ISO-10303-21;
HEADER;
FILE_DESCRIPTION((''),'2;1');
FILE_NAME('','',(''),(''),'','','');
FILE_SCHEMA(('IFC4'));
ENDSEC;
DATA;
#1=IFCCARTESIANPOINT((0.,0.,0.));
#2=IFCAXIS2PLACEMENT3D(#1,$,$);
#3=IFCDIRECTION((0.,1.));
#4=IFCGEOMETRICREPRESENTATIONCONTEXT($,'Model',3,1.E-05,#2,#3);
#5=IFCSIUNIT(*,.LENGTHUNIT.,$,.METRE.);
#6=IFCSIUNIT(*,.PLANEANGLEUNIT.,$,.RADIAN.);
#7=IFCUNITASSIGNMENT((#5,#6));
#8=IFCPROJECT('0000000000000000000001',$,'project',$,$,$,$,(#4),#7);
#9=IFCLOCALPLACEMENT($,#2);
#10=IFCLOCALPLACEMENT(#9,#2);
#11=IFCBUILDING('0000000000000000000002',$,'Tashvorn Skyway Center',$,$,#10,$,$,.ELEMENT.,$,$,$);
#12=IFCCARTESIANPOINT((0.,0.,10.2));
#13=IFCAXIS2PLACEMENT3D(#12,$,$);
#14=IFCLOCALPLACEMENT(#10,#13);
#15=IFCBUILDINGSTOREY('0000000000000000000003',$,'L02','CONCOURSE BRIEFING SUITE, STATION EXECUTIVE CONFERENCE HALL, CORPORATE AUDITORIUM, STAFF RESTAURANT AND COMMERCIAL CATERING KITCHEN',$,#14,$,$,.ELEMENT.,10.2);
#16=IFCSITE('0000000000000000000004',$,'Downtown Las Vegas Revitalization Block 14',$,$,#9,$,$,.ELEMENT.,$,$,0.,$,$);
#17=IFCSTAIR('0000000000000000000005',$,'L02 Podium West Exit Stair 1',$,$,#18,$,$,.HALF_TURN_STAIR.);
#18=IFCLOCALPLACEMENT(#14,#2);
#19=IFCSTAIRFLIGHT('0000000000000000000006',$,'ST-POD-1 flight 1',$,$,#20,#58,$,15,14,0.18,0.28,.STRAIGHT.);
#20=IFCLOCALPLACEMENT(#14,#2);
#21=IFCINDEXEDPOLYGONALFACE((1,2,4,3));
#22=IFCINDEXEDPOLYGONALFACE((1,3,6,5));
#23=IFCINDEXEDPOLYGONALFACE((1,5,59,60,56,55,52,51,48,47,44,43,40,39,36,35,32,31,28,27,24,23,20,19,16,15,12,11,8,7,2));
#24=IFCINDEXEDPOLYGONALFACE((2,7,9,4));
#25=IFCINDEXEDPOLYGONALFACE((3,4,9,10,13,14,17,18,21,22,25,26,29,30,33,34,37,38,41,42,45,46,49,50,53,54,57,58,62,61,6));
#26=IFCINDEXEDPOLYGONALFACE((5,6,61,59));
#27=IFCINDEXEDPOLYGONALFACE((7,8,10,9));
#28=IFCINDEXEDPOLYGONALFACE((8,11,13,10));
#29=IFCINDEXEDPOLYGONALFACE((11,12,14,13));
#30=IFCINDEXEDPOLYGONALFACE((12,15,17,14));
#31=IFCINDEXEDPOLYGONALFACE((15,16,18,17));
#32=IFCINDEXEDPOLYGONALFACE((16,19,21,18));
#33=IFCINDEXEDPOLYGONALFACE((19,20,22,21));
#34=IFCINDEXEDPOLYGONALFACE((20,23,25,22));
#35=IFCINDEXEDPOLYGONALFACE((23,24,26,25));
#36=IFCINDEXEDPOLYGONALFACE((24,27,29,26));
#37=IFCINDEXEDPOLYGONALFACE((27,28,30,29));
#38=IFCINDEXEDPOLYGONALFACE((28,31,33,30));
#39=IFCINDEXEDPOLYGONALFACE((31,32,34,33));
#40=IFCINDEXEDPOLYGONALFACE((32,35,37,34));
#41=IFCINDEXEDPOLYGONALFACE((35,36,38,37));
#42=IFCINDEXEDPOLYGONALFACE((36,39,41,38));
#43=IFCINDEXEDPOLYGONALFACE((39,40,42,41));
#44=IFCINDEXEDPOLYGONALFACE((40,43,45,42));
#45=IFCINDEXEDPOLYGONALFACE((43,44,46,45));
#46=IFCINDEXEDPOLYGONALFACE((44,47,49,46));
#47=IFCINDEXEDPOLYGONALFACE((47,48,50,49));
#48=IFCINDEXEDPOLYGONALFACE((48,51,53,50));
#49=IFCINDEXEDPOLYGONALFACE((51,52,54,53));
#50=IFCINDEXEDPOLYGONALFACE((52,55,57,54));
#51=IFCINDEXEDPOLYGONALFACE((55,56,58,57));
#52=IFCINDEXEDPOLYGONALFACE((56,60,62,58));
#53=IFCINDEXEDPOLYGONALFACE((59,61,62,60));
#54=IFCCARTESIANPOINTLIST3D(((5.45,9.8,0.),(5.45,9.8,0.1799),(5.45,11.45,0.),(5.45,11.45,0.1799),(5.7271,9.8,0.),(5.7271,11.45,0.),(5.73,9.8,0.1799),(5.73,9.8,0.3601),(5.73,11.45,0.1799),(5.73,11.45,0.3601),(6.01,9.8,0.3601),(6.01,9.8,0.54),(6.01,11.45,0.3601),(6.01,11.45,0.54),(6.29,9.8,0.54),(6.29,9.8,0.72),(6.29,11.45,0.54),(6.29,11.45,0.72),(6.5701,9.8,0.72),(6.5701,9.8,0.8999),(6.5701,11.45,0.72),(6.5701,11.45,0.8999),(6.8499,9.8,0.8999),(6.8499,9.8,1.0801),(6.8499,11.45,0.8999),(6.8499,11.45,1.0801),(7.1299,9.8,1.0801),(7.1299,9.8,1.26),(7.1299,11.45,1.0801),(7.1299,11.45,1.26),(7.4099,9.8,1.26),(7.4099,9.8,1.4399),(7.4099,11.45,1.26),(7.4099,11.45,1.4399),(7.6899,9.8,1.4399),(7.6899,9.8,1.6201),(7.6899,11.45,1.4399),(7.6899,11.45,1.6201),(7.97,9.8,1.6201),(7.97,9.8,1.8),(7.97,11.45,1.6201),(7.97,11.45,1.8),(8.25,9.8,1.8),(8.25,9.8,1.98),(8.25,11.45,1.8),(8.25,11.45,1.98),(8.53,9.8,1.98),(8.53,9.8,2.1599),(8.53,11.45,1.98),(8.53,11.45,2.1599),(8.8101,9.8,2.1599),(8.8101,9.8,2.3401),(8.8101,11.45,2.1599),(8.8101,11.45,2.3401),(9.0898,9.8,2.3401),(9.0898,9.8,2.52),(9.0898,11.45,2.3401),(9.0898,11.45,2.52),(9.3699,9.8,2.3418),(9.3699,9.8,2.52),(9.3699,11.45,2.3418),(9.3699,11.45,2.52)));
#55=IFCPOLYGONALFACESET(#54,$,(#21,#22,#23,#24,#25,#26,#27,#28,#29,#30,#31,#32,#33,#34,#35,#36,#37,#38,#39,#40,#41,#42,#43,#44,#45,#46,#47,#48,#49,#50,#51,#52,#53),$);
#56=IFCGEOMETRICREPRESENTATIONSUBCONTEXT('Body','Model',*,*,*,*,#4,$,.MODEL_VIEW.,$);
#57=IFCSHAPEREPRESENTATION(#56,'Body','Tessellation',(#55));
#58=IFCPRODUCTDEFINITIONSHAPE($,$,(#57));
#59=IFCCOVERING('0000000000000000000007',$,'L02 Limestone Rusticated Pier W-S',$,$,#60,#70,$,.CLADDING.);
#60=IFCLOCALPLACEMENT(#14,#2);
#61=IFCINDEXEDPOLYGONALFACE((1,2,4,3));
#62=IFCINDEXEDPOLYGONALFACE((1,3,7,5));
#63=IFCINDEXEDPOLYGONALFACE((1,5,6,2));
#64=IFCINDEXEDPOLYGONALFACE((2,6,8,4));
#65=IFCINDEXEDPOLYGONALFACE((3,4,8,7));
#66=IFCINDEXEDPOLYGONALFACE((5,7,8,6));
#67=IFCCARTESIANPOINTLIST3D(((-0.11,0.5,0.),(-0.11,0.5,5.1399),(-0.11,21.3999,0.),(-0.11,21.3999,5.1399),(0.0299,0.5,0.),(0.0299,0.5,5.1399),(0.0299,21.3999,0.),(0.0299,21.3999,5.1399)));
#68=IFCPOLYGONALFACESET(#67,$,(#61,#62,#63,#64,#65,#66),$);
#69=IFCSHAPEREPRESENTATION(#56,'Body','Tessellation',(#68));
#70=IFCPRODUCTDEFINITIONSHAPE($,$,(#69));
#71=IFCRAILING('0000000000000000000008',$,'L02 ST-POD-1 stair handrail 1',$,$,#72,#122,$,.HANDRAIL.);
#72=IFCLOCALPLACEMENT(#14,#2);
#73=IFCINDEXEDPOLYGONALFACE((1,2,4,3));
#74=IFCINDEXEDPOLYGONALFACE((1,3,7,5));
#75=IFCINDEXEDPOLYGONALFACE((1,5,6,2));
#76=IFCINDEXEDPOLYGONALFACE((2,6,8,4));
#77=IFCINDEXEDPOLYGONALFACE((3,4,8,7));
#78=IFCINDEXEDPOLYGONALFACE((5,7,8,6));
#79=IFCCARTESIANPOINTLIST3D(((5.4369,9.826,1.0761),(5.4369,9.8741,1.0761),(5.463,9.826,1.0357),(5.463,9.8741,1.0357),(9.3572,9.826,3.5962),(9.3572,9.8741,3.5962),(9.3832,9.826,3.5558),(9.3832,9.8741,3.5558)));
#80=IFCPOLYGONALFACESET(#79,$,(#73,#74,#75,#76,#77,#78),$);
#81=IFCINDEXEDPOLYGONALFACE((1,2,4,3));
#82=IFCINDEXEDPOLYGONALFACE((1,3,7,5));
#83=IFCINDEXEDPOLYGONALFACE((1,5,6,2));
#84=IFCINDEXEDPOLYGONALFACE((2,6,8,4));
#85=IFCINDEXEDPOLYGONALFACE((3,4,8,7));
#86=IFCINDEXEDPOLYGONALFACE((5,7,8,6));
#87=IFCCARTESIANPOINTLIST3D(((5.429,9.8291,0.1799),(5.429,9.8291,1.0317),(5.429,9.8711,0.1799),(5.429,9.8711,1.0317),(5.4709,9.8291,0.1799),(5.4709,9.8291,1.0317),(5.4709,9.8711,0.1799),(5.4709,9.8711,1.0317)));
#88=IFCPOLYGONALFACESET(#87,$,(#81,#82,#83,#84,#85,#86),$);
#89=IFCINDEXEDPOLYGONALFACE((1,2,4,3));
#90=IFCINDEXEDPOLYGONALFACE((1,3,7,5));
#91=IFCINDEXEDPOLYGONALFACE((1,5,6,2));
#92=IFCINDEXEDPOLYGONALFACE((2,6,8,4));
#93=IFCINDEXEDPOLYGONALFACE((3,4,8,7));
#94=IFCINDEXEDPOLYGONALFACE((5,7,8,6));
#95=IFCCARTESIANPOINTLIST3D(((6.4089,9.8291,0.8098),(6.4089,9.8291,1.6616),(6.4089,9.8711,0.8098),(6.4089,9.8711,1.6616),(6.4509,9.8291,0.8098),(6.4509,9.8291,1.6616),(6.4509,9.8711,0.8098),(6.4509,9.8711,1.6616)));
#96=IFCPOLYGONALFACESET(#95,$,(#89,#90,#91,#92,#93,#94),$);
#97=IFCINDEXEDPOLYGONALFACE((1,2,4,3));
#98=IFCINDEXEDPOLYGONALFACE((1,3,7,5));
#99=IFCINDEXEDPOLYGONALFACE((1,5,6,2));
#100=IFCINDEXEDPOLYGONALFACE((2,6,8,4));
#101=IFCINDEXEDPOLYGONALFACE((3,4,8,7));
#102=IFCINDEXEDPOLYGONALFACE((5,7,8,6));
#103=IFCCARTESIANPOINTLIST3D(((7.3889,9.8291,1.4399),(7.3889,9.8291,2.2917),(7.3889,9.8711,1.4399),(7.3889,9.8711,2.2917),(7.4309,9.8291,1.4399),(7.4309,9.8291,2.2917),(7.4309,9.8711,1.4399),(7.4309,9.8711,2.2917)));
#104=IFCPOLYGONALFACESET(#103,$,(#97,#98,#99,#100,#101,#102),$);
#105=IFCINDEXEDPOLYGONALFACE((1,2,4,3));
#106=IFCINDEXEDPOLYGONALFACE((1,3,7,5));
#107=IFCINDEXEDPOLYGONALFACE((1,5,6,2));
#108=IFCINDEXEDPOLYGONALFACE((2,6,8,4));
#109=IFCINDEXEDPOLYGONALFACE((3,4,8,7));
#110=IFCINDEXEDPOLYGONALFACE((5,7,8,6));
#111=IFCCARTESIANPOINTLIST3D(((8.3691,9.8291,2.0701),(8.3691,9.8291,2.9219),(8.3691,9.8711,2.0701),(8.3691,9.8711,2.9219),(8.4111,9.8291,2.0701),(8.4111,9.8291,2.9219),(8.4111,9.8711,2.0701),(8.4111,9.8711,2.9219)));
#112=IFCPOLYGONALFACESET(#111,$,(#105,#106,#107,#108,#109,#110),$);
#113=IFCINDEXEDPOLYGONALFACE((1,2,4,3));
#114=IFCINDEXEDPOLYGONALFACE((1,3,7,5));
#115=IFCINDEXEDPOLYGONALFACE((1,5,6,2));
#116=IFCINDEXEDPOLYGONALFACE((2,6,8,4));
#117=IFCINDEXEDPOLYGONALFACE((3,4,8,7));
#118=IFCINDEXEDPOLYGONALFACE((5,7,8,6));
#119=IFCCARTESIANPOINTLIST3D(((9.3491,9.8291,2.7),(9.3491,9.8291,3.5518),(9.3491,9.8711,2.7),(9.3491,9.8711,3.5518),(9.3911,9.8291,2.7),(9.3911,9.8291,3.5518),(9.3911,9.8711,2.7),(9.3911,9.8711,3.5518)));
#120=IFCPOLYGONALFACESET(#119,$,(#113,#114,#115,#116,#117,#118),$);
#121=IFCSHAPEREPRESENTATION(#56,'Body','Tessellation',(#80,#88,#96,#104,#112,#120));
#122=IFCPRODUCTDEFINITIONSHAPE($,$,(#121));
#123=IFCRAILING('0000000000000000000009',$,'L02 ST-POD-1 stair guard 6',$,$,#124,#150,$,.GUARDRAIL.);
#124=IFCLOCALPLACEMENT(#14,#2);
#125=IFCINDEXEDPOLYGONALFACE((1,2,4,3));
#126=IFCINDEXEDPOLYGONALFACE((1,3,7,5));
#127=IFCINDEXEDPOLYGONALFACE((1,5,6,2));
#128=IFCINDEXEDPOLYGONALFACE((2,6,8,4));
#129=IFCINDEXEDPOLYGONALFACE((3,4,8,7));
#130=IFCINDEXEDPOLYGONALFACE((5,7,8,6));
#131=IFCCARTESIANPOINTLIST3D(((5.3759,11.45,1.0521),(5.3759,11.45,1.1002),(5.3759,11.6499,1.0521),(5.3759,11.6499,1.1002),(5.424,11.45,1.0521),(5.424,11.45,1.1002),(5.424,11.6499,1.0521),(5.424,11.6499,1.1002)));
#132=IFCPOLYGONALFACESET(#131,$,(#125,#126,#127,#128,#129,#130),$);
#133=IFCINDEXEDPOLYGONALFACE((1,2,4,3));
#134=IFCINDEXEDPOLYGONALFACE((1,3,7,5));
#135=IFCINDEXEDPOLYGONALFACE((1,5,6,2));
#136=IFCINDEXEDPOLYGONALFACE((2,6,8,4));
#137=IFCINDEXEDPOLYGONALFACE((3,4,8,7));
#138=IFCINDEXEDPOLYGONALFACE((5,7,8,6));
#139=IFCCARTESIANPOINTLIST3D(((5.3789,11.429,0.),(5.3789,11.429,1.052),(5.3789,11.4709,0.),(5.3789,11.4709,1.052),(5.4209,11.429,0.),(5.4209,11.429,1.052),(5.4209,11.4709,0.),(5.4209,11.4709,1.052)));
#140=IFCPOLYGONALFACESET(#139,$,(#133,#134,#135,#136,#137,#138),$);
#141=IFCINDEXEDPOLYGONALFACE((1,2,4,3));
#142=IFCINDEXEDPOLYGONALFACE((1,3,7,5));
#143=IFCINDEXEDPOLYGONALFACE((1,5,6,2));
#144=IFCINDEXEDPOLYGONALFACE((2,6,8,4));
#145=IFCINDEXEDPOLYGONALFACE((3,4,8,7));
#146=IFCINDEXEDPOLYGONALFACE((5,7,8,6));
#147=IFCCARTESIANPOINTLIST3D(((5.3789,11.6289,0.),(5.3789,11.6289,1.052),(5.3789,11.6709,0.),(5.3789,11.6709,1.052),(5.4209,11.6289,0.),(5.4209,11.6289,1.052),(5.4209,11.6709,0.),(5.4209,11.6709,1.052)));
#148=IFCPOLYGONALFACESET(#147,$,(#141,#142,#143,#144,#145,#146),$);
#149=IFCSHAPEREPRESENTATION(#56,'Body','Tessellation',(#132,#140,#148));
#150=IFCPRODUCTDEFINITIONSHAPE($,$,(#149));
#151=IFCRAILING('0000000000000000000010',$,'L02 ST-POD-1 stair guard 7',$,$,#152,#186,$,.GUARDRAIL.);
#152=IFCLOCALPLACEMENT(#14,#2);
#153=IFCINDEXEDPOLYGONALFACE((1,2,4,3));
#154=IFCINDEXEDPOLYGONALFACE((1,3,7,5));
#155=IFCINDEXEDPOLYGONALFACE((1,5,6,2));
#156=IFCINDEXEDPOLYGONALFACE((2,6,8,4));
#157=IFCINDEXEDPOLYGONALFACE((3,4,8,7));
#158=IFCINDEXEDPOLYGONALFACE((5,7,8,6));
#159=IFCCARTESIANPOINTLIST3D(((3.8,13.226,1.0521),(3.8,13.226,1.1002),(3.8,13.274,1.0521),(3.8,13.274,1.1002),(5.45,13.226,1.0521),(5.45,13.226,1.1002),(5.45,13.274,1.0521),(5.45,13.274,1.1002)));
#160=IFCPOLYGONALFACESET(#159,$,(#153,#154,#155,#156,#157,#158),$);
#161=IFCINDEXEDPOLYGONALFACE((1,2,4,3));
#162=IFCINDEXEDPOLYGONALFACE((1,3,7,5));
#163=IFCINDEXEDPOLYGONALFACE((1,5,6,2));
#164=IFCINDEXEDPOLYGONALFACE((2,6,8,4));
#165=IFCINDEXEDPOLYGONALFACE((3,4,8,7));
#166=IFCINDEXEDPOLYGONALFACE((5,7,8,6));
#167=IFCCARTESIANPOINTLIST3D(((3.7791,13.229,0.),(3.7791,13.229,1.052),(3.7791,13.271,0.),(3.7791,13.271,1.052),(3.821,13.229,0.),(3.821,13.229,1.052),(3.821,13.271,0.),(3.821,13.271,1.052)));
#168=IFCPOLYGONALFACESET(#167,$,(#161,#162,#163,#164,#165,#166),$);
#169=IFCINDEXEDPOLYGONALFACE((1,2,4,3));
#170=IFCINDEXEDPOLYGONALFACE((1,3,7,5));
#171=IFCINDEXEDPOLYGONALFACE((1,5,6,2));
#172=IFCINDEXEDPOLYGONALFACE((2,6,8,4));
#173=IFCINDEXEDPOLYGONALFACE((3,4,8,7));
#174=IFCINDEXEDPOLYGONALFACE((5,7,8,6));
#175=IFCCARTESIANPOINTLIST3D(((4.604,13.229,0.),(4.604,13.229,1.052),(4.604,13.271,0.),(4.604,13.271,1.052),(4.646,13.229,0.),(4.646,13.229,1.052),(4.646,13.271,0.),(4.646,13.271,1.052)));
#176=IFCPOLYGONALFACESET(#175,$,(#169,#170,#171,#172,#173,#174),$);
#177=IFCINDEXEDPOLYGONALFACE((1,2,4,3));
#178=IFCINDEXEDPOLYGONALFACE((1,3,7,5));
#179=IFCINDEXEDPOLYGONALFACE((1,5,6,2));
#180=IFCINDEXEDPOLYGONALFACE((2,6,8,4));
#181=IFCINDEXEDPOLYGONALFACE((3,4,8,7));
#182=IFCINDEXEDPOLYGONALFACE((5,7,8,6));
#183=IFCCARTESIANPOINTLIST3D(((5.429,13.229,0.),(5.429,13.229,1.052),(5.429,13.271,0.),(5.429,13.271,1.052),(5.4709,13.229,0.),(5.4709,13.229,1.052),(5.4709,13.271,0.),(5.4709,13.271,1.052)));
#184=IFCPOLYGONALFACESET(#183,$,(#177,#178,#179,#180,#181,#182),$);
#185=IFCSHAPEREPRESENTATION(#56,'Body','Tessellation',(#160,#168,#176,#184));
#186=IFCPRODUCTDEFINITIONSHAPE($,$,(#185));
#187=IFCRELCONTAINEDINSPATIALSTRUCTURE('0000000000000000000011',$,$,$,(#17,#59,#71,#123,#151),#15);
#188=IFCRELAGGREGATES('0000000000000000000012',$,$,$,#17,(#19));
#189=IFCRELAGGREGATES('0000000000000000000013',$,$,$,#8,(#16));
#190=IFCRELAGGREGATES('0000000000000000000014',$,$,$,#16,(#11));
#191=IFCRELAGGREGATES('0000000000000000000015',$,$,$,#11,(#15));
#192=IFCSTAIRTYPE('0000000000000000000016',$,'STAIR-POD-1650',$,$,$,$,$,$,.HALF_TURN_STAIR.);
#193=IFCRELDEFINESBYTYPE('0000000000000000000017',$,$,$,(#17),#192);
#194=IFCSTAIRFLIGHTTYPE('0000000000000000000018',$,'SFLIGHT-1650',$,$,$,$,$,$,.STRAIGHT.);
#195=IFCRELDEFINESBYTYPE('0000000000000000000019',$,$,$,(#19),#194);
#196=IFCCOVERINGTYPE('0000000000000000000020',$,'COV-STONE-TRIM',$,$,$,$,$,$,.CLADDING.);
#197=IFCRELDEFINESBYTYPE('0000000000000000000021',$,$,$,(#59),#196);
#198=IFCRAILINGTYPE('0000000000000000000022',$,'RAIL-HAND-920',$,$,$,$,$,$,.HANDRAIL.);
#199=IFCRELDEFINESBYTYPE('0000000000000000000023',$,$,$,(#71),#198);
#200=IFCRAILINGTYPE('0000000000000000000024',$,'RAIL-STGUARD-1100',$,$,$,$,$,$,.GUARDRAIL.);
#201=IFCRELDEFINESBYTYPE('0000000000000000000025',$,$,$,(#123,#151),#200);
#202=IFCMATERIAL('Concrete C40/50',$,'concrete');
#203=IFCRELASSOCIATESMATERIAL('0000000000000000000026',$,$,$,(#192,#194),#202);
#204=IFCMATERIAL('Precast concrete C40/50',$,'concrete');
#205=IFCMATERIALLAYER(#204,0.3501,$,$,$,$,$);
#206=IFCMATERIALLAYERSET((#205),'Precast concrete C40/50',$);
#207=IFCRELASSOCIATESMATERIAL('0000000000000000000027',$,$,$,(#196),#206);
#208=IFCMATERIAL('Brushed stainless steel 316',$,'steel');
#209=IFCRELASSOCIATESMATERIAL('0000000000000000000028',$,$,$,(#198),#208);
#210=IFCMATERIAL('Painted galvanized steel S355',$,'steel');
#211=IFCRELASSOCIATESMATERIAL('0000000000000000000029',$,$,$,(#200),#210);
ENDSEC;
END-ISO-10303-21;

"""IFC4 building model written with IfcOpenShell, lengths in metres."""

from ifc_helpers import new_model, si_unit, direction, frame, origin, origin_2d, place, context, subcontext, project, spatial, polyline, rectangle, outline, extrude, material, layer, layer_set, type_object, element, aggregate, save


model = new_model("IFC4")

# Units and contexts
model_context = context("Model", 3, precision=1e-05, world=origin(), true_north=direction((0.0, 1.0)))
body_context = subcontext(model_context, "Body", "Model", "MODEL_VIEW")
ifc_project = project(units=[si_unit("LENGTHUNIT", "METRE"), si_unit("PLANEANGLEUNIT", "RADIAN")], contexts=[model_context])

# Site, building, storey
site_placement = place(None, origin())
site = spatial("IfcSite", under=ifc_project, at=site_placement, Name="Downtown Las Vegas Revitalization Block 14", CompositionType="ELEMENT", RefElevation=0.0)
building_placement = place(site_placement, origin())
building = spatial("IfcBuilding", under=site, at=building_placement, Name="Tashvorn Skyway Center", CompositionType="ELEMENT")
storey_placement = place(building_placement, frame((0.0, 0.0, 10.2)))
storey = spatial("IfcBuildingStorey", under=building, at=storey_placement, Name="L02", Description="CONCOURSE BRIEFING SUITE, STATION EXECUTIVE CONFERENCE HALL, CORPORATE AUDITORIUM, STAFF RESTAURANT AND COMMERCIAL CATERING KITCHEN", CompositionType="ELEMENT", Elevation=10.2)

# Shared definitions
ifc_material_1 = material(Name="Precast concrete C40/50", Category="concrete")

# Shared definitions
ifc_material_2 = material(Name="Concrete C40/50", Category="concrete")

# Stair
stair_type_1 = type_object("IfcStairType", Name="STAIR-POD-1650", PredefinedType="HALF_TURN_STAIR", material=ifc_material_2)
stair_1_placement = place(storey_placement, origin())
stair_1 = element("IfcStair", 1, at=stair_1_placement, inside=storey, type_object=stair_type_1, Name="L02 Podium West Exit Stair 1", PredefinedType="HALF_TURN_STAIR")

# Stair flight
stair_flight_type = type_object("IfcStairFlightType", Name="SFLIGHT-1650", PredefinedType="STRAIGHT", material=ifc_material_2)
stair_flight_placement = place(storey_placement, frame((5.45, 10.625, 0.0), z_axis=(0.0, 0.0, 1.0), x_axis=(1.0, 0.0, 0.0)))
stair_flight = element("IfcStairFlight", 2, at=stair_flight_placement, type_object=stair_flight_type, Name="ST-POD-1 flight 1", NumberOfRisers=15, NumberOfTreads=14, PredefinedType="STRAIGHT", RiserHeight=0.18, TreadLength=0.28, context=body_context, shape_type="SweptSolid", body=[
    extrude(outline(polyline([(0.0, 0.0), (0.0, 0.1799), (0.28, 0.1799), (0.28, 0.3601), (0.5601, 0.3601), (0.5601, 0.54), (0.8401, 0.54), (0.8401, 0.72), (1.1201, 0.72), (1.1201, 0.8999), (1.3999, 0.8999), (1.3999, 1.0801), (1.6799, 1.0801), (1.6799, 1.26), (1.96, 1.26), (1.96, 1.4399), (2.24, 1.4399), (2.24, 1.6201), (2.52, 1.6201), (2.52, 1.8), (2.8, 1.8), (2.8, 1.98), (3.0801, 1.98), (3.0801, 2.1599), (3.3601, 2.1599), (3.3601, 2.3401), (3.6399, 2.3401), (3.6399, 2.52), (3.9199, 2.52), (3.9199, 2.7), (3.9199, 2.3418), (0.2771, 0.0), (0.0, 0.0)])), frame((0.0, 0.825, 0.0), z_axis=(0.0, -1.0, 0.0), x_axis=(1.0, 0.0, 0.0)), (0.0, 0.0, 1.0), 1.6499),
])
aggregate(stair_1, [stair_flight])

# Covering
ifc_layer_1 = layer(ifc_material_1, 0.3501)
ifc_layer_set_1 = layer_set([ifc_layer_1], Name="Precast concrete C40/50")
covering_type = type_object("IfcCoveringType", Name="COV-STONE-TRIM", PredefinedType="CLADDING", material=ifc_layer_set_1)
covering_placement = place(storey_placement, frame((-0.04, 10.95, 0.0), z_axis=(0.0, 0.0, 1.0), x_axis=(1.0, 0.0, 0.0)))
element("IfcCovering", 3, at=covering_placement, inside=storey, type_object=covering_type, Name="L02 Limestone Rusticated Pier W-S", PredefinedType="CLADDING", context=body_context, shape_type="SweptSolid", body=[
    extrude(rectangle(XDim=0.1399, YDim=20.8999, at=origin_2d()), origin(), (0.0, 0.0, 1.0), 5.1399),
])

# Railings
ifc_material_3 = material(Name="Brushed stainless steel 316", Category="steel")
railing_type_1 = type_object("IfcRailingType", Name="RAIL-HAND-920", PredefinedType="HANDRAIL", material=ifc_material_3)
railing_1_placement = place(storey_placement, frame((5.45, 9.8501, 0.1799)))
element("IfcRailing", 4, at=railing_1_placement, inside=storey, type_object=railing_type_1, Name="L02 ST-POD-1 stair handrail 1", PredefinedType="HANDRAIL", context=body_context, shape_type="SweptSolid", body=[
    extrude(rectangle(XDim=0.0481, YDim=0.0481, at=origin_2d()), frame((0.0, 0.0, 0.876), z_axis=(0.841187, 0.0, 0.540744), x_axis=(0.0, 1.0, 0.0)), (0.0, 0.0, 1.0), 4.6604),
    extrude(rectangle(XDim=0.042, YDim=0.042, at=origin_2d()), origin(), (0.0, 0.0, 1.0), 0.8518),
    extrude(rectangle(XDim=0.042, YDim=0.042, at=origin_2d()), frame((0.98, 0.0, 0.6299)), (0.0, 0.0, 1.0), 0.8518),
    extrude(rectangle(XDim=0.042, YDim=0.042, at=origin_2d()), frame((1.96, 0.0, 1.26)), (0.0, 0.0, 1.0), 0.8518),
    extrude(rectangle(XDim=0.042, YDim=0.042, at=origin_2d()), frame((2.9402, 0.0, 1.8901)), (0.0, 0.0, 1.0), 0.8518),
    extrude(rectangle(XDim=0.042, YDim=0.042, at=origin_2d()), frame((3.9202, 0.0, 2.52)), (0.0, 0.0, 1.0), 0.8518),
])
ifc_material_4 = material(Name="Painted galvanized steel S355", Category="steel")
railing_type_2 = type_object("IfcRailingType", Name="RAIL-STGUARD-1100", PredefinedType="GUARDRAIL", material=ifc_material_4)
railing_2_placement = place(storey_placement, frame((5.3999, 11.45, 0.0)))
element("IfcRailing", 5, at=railing_2_placement, inside=storey, type_object=railing_type_2, Name="L02 ST-POD-1 stair guard 6", PredefinedType="GUARDRAIL", context=body_context, shape_type="SweptSolid", body=[
    extrude(rectangle(XDim=0.0481, YDim=0.0481, at=origin_2d()), frame((0.0, 0.0, 1.0762), z_axis=(0.0, 1.0, 0.0), x_axis=(-1.0, 0.0, 0.0)), (0.0, 0.0, 1.0), 0.2),
    extrude(rectangle(XDim=0.042, YDim=0.042, at=origin_2d()), origin(), (0.0, 0.0, 1.0), 1.052),
    extrude(rectangle(XDim=0.042, YDim=0.042, at=origin_2d()), frame((0.0, 0.2, 0.0)), (0.0, 0.0, 1.0), 1.052),
])
railing_3_placement = place(storey_placement, frame((3.8, 13.25, 0.0)))
element("IfcRailing", 6, at=railing_3_placement, inside=storey, type_object=railing_type_2, Name="L02 ST-POD-1 stair guard 7", PredefinedType="GUARDRAIL", context=body_context, shape_type="SweptSolid", body=[
    extrude(rectangle(XDim=0.0481, YDim=0.0481, at=origin_2d()), frame((0.0, 0.0, 1.0762), z_axis=(1.0, 0.0, 0.0), x_axis=(0.0, 1.0, 0.0)), (0.0, 0.0, 1.0), 1.6499),
    extrude(rectangle(XDim=0.042, YDim=0.042, at=origin_2d()), origin(), (0.0, 0.0, 1.0), 1.052),
    extrude(rectangle(XDim=0.042, YDim=0.042, at=origin_2d()), frame((0.825, 0.0, 0.0)), (0.0, 0.0, 1.0), 1.052),
    extrude(rectangle(XDim=0.042, YDim=0.042, at=origin_2d()), frame((1.6499, 0.0, 0.0)), (0.0, 0.0, 1.0), 1.052),
])

save(model, "model.ifc")
